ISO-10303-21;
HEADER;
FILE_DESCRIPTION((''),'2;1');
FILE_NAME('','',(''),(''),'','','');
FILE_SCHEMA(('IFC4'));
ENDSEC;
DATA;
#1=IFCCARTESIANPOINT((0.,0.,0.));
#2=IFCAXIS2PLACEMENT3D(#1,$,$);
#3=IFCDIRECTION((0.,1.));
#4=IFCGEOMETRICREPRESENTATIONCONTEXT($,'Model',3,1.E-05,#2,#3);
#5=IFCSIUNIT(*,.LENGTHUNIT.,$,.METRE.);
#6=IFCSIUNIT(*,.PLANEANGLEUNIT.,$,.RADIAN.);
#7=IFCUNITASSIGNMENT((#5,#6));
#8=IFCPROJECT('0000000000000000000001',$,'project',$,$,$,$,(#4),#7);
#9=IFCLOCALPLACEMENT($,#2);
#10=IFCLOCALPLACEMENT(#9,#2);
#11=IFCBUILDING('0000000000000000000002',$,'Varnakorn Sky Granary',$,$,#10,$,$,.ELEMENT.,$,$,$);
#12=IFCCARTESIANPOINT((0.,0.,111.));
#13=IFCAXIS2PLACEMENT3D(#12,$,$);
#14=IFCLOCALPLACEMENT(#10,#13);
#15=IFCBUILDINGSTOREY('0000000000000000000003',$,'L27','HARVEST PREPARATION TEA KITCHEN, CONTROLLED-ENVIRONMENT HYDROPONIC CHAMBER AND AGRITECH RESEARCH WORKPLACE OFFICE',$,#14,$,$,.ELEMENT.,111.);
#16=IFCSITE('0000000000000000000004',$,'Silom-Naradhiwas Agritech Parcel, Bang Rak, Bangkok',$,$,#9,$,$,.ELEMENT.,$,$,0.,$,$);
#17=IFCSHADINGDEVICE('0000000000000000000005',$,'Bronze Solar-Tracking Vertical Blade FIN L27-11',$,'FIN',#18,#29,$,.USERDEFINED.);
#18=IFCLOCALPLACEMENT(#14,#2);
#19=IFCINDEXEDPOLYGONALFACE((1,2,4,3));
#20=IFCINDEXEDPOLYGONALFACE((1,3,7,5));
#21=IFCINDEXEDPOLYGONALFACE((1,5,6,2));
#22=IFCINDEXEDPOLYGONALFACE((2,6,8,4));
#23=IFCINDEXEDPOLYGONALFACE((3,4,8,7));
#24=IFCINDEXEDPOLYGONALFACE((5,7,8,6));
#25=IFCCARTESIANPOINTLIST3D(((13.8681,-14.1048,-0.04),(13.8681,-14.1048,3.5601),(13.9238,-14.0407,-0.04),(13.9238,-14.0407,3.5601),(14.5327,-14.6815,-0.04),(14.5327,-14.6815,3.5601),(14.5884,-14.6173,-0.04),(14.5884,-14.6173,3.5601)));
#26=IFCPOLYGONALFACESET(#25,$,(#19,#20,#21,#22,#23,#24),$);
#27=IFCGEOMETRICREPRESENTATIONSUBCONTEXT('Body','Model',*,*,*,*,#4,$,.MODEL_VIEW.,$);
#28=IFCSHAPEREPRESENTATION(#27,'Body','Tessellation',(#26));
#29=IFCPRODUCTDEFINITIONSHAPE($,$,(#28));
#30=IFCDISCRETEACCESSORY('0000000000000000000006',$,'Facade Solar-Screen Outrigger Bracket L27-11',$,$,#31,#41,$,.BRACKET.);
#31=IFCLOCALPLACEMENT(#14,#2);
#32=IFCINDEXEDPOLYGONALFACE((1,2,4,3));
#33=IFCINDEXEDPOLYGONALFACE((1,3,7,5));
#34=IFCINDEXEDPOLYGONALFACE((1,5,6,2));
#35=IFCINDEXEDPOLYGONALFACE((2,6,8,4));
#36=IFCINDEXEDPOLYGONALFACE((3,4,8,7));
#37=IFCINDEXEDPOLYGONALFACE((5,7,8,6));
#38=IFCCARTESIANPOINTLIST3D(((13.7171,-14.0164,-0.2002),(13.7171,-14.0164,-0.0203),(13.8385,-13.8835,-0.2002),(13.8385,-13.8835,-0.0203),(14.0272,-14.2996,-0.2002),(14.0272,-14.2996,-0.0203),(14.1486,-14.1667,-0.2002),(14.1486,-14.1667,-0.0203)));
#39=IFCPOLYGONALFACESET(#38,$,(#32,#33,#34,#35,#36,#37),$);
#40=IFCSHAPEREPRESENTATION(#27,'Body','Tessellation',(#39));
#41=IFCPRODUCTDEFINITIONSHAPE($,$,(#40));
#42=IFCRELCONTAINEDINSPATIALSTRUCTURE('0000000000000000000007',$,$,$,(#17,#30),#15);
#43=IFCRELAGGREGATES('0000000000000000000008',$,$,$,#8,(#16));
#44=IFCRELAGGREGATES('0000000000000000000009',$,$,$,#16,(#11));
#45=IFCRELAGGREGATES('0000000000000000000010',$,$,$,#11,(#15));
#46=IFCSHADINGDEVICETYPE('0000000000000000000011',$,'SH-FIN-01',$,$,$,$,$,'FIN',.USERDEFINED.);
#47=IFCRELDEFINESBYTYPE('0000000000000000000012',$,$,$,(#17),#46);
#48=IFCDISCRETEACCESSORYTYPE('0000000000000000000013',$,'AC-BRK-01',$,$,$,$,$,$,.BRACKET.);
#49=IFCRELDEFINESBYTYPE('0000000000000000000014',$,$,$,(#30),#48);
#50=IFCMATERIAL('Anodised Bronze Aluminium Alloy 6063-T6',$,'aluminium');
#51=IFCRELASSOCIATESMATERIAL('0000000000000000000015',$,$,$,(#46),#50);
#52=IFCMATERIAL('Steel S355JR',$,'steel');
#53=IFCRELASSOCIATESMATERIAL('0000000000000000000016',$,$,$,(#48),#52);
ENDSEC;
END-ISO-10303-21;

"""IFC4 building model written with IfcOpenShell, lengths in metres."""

from ifc_helpers import new_model, si_unit, direction, frame, origin, origin_2d, place, context, subcontext, project, spatial, rectangle, extrude, source, transform, mapped, material, type_object, type_shapes, element, save


model = new_model("IFC4")

# Units and contexts
model_context = context("Model", 3, precision=1e-05, world=origin(), true_north=direction((0.0, 1.0)))
body_context = subcontext(model_context, "Body", "Model", "MODEL_VIEW")
ifc_project = project(units=[si_unit("LENGTHUNIT", "METRE"), si_unit("PLANEANGLEUNIT", "RADIAN")], contexts=[model_context])

# Site, building, storey
site_placement = place(None, origin())
site = spatial("IfcSite", under=ifc_project, at=site_placement, Name="Silom-Naradhiwas Agritech Parcel, Bang Rak, Bangkok", CompositionType="ELEMENT", RefElevation=0.0)
building_placement = place(site_placement, origin())
building = spatial("IfcBuilding", under=site, at=building_placement, Name="Varnakorn Sky Granary", CompositionType="ELEMENT")
storey_placement = place(building_placement, frame((0.0, 0.0, 111.0)))
storey = spatial("IfcBuildingStorey", under=building, at=storey_placement, Name="L27", Description="HARVEST PREPARATION TEA KITCHEN, CONTROLLED-ENVIRONMENT HYDROPONIC CHAMBER AND AGRITECH RESEARCH WORKPLACE OFFICE", CompositionType="ELEMENT", Elevation=111.0)

# Shared definitions
ifc_material_1 = material(Name="Steel S355JR", Category="steel")

# Shared definitions
ifc_material_2 = material(Name="Anodised Bronze Aluminium Alloy 6063-T6", Category="aluminium")

# Shading device
shading_device_type = type_object("IfcShadingDeviceType", Name="SH-FIN-01", ElementType="FIN", PredefinedType="USERDEFINED", material=ifc_material_2)
shared_shape_1 = source(origin(), body_context, "Body", "SweptSolid", [
    extrude(rectangle(XDim=0.085, YDim=0.8799, at=origin_2d()), origin(), (0.0, 0.0, 1.0), 3.6001),
])
type_shapes(shading_device_type, [shared_shape_1])
shading_device_placement = place(storey_placement, frame((14.2283, -14.3611, -0.04), z_axis=(0.0, 0.0, 1.0), x_axis=(0.655374, 0.755304, 0.0)))
element("IfcShadingDevice", 1, at=shading_device_placement, inside=storey, type_object=shading_device_type, Name="Bronze Solar-Tracking Vertical Blade FIN L27-11", ObjectType="FIN", PredefinedType="USERDEFINED", context=body_context, shape_type="MappedRepresentation", body=[
    mapped(shared_shape_1, transform((0.0, 0.0, 0.0), x_axis=(1.0, 0.0, 0.0), y_axis=(0.0, 1.0, 0.0), z_axis=(0.0, 0.0, 1.0), scale=1.0)),
])

# Discrete accessory
discrete_accessory_type = type_object("IfcDiscreteAccessoryType", Name="AC-BRK-01", PredefinedType="BRACKET", material=ifc_material_1)
shared_shape_2 = source(origin(), body_context, "Body", "SweptSolid", [
    extrude(rectangle(XDim=0.1799, YDim=0.4199, at=origin_2d()), origin(), (0.0, 0.0, 1.0), 0.1799),
])
type_shapes(discrete_accessory_type, [shared_shape_2])
discrete_accessory_placement = place(storey_placement, frame((13.9329, -14.0916, -0.2002), z_axis=(0.0, 0.0, 1.0), x_axis=(0.674287, 0.738469, 0.0)))
element("IfcDiscreteAccessory", 2, at=discrete_accessory_placement, inside=storey, type_object=discrete_accessory_type, Name="Facade Solar-Screen Outrigger Bracket L27-11", PredefinedType="BRACKET", context=body_context, shape_type="MappedRepresentation", body=[
    mapped(shared_shape_2, transform((0.0, 0.0, 0.0), x_axis=(1.0, 0.0, 0.0), y_axis=(0.0, 1.0, 0.0), z_axis=(0.0, 0.0, 1.0), scale=1.0)),
])

save(model, "model.ifc")
